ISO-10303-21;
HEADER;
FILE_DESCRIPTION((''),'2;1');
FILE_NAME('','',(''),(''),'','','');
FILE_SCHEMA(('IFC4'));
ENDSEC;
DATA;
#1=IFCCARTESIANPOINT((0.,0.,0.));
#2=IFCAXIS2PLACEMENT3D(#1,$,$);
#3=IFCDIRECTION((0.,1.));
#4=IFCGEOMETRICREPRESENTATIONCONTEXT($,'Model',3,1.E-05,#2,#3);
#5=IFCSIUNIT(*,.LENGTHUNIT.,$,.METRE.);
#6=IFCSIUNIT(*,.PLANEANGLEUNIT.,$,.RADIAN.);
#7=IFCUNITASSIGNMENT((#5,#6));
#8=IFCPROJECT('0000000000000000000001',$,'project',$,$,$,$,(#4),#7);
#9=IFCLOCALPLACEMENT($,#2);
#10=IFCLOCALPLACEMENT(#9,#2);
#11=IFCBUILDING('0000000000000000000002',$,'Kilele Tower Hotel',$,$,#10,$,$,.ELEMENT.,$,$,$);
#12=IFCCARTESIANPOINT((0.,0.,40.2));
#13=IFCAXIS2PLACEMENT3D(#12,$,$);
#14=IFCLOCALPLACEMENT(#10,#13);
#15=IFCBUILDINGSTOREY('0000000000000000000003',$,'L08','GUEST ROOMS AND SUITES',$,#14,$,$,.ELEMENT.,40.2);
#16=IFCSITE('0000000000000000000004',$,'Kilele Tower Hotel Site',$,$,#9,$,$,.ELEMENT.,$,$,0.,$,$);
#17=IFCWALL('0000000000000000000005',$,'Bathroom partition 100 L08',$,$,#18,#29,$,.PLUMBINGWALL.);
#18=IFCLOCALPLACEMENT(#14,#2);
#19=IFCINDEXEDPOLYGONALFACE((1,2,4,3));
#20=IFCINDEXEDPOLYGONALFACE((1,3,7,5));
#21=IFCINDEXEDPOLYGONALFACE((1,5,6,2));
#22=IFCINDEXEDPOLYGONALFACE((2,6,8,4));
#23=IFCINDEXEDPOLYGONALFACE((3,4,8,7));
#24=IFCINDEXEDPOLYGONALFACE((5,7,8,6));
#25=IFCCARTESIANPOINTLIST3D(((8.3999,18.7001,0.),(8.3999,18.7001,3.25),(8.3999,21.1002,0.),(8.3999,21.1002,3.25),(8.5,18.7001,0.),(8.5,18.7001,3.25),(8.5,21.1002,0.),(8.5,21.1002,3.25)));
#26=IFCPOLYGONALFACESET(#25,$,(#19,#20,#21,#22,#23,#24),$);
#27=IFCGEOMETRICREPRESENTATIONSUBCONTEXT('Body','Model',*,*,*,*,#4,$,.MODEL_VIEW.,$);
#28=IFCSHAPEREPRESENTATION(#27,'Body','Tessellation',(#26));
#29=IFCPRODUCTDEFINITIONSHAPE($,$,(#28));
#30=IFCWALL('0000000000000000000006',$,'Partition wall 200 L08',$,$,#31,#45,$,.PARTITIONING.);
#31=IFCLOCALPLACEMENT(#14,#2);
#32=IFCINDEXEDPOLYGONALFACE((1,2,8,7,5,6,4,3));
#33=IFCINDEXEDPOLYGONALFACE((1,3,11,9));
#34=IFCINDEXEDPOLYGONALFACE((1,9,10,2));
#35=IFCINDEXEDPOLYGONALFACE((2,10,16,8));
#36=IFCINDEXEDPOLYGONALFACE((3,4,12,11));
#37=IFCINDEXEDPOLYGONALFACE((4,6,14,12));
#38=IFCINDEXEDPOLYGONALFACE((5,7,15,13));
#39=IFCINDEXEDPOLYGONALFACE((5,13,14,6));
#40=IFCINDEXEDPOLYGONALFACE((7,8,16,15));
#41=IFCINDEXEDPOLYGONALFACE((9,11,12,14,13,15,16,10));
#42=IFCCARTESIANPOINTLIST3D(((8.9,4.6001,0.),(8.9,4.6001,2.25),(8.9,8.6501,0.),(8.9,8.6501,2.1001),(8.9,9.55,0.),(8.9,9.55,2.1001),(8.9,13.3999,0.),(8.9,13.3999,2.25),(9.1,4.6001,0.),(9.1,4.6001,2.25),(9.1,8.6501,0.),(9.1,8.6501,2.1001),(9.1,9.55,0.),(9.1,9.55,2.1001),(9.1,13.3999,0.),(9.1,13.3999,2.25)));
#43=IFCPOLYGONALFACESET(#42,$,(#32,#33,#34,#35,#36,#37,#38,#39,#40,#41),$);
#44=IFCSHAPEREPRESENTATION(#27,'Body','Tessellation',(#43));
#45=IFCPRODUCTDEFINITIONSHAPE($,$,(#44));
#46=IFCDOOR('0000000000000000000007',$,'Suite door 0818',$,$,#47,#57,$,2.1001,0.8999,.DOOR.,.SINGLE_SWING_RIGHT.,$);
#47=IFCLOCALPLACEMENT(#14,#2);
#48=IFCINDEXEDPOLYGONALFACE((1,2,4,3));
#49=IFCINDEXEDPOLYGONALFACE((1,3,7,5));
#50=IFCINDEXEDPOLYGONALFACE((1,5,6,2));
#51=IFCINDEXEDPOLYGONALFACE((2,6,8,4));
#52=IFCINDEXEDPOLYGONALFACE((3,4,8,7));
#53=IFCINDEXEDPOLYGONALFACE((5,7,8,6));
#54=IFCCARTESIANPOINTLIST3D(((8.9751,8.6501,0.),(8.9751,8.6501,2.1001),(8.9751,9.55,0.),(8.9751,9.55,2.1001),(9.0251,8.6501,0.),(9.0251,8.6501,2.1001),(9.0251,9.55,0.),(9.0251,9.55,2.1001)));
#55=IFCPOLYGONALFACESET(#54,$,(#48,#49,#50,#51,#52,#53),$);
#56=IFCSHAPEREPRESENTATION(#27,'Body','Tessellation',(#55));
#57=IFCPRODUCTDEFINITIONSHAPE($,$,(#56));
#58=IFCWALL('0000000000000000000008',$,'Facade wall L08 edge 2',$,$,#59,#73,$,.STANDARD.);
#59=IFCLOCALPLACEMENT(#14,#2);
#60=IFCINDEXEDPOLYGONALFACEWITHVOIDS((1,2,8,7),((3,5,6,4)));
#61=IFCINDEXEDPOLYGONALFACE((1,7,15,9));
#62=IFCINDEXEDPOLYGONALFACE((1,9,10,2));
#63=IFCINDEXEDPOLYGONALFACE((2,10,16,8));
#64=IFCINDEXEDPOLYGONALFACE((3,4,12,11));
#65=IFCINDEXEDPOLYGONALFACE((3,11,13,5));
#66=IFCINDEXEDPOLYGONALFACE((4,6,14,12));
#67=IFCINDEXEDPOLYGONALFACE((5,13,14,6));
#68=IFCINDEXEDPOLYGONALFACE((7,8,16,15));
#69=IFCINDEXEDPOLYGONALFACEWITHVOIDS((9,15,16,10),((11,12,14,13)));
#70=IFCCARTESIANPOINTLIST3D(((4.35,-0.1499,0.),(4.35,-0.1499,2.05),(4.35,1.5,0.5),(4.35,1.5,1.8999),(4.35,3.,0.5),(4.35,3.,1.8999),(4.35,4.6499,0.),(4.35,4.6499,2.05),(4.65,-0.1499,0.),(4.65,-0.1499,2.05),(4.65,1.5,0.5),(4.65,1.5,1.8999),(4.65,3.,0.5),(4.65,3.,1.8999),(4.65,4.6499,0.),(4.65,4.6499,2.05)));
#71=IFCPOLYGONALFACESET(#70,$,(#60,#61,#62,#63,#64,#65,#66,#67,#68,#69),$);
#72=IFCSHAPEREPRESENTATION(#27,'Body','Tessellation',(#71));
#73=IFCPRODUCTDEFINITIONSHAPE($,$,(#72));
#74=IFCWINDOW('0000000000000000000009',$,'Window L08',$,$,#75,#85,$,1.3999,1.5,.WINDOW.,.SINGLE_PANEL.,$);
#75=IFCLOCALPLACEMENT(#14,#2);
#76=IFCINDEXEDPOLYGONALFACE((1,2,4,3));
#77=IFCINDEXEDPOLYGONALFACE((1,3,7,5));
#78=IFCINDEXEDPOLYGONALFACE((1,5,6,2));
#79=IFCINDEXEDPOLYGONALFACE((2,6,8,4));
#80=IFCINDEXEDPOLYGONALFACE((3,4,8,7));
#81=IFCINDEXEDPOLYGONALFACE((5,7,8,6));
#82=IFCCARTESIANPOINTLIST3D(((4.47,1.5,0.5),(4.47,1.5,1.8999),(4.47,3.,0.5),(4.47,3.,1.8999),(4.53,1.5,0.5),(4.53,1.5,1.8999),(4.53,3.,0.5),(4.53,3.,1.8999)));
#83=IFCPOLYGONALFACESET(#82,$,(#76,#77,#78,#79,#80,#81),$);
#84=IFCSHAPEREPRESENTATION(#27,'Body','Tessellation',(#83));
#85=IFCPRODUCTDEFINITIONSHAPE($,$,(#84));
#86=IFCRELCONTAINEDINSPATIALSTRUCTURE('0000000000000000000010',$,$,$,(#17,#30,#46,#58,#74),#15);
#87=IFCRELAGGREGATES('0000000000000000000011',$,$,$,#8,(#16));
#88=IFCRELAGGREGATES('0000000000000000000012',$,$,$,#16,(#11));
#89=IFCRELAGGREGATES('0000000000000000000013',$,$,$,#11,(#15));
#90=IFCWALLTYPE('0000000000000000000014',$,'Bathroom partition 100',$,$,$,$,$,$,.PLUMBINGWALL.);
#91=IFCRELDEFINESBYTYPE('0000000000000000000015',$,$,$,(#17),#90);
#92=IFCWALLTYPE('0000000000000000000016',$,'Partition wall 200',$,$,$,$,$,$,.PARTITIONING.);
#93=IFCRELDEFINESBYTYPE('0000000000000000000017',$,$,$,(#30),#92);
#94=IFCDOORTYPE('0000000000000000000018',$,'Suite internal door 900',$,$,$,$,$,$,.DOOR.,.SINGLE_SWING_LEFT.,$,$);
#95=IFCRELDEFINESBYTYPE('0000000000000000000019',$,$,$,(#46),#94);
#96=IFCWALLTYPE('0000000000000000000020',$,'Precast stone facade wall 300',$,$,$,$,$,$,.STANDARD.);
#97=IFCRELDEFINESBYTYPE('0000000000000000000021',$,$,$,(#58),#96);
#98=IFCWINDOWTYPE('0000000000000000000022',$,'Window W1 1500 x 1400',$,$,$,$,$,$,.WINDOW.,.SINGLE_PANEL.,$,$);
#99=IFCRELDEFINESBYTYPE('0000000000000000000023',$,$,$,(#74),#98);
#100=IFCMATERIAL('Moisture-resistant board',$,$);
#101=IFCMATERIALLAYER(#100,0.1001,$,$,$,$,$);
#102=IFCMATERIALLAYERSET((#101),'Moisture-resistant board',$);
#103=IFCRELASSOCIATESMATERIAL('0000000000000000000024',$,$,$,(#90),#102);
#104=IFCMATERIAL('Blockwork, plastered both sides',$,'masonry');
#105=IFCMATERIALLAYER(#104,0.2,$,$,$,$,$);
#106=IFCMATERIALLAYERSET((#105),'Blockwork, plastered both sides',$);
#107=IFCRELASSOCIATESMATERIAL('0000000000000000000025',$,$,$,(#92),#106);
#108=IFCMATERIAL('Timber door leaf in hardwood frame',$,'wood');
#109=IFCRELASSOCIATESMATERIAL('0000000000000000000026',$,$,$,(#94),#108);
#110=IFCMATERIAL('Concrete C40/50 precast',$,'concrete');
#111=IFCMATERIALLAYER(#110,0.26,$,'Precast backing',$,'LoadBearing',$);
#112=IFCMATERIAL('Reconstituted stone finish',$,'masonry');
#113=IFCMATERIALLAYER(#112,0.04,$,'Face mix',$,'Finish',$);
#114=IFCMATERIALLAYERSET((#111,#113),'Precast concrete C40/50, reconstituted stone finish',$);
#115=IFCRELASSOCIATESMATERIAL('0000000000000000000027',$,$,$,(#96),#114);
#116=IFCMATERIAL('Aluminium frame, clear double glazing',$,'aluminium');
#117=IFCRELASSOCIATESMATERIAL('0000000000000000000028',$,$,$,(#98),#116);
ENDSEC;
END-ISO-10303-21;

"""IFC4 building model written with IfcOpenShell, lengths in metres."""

from ifc_helpers import new_model, si_unit, direction, frame, frame_2d, origin, place, context, subcontext, project, spatial, rectangle, extrude, material, layer, layer_set, type_object, element, fill, save


model = new_model("IFC4")

# Units and contexts
model_context = context("Model", 3, precision=1e-05, world=origin(), true_north=direction((0.0, 1.0)))
body_context = subcontext(model_context, "Body", "Model", "MODEL_VIEW")
ifc_project = project(units=[si_unit("LENGTHUNIT", "METRE"), si_unit("PLANEANGLEUNIT", "RADIAN")], contexts=[model_context])

# Site, building, storey
site_placement = place(None, origin())
site = spatial("IfcSite", under=ifc_project, at=site_placement, Name="Kilele Tower Hotel Site", CompositionType="ELEMENT", RefElevation=0.0)
building_placement = place(site_placement, origin())
building = spatial("IfcBuilding", under=site, at=building_placement, Name="Kilele Tower Hotel", CompositionType="ELEMENT")
storey_placement = place(building_placement, frame((0.0, 0.0, 40.2)))
storey = spatial("IfcBuildingStorey", under=building, at=storey_placement, Name="L08", Description="GUEST ROOMS AND SUITES", CompositionType="ELEMENT", Elevation=40.2)

# Shared definitions
ifc_material_1 = material(Name="Moisture-resistant board")
ifc_layer_1 = layer(ifc_material_1, 0.1001)
ifc_layer_set_1 = layer_set([ifc_layer_1], Name="Moisture-resistant board")
wall_type_1 = type_object("IfcWallType", Name="Bathroom partition 100", PredefinedType="PLUMBINGWALL", material=ifc_layer_set_1)

# Wall
wall_1_placement = place(storey_placement, frame((8.45, 18.7, 0.0), z_axis=(0.0, 0.0, 1.0), x_axis=(0.0, 1.0, 0.0)))
element("IfcWall", 1, at=wall_1_placement, inside=storey, type_object=wall_type_1, Name="Bathroom partition 100 L08", PredefinedType="PLUMBINGWALL", context=body_context, shape_type="SweptSolid", body=[
    extrude(rectangle(XDim=2.4001, YDim=0.1001, at=frame_2d((1.2002, 0.0))), origin(), (0.0, 0.0, 1.0), 3.25),
])

# Wall, opening, door
ifc_material_2 = material(Name="Blockwork, plastered both sides", Category="masonry")
ifc_layer_2 = layer(ifc_material_2, 0.2)
ifc_layer_set_2 = layer_set([ifc_layer_2], Name="Blockwork, plastered both sides")
wall_type_2 = type_object("IfcWallType", Name="Partition wall 200", PredefinedType="PARTITIONING", material=ifc_layer_set_2)
wall_2_placement = place(storey_placement, frame((9.0, 4.6001, 0.0), z_axis=(0.0, 0.0, 1.0), x_axis=(0.0, 1.0, 0.0)))
wall_2 = element("IfcWall", 2, at=wall_2_placement, inside=storey, type_object=wall_type_2, Name="Partition wall 200 L08", PredefinedType="PARTITIONING", context=body_context, shape_type="SweptSolid", body=[
    extrude(rectangle(XDim=8.7998, YDim=0.2, at=frame_2d((4.3999, 0.0))), origin(), (0.0, 0.0, 1.0), 2.25),
])
opening_1_placement = place(wall_2_placement, frame((4.05, 0.0, 0.0)))
opening_1 = element("IfcOpeningElement", 3, at=opening_1_placement, cuts=wall_2, PredefinedType="OPENING", context=body_context, shape_type="SweptSolid", body=[
    extrude(rectangle(XDim=0.8999, YDim=2.1001, at=frame_2d((0.45, 1.05))), frame((0.0, 0.1099, 0.0), z_axis=(0.0, -1.0, 0.0), x_axis=(1.0, 0.0, 0.0)), (0.0, 0.0, 1.0), 0.22),
])
ifc_material_3 = material(Name="Timber door leaf in hardwood frame", Category="wood")
door_type_1 = type_object("IfcDoorType", Name="Suite internal door 900", OperationType="SINGLE_SWING_LEFT", PredefinedType="DOOR", material=ifc_material_3)
door_1_placement = place(opening_1_placement, origin())
door_1 = element("IfcDoor", 4, at=door_1_placement, inside=storey, type_object=door_type_1, Name="Suite door 0818", OperationType="SINGLE_SWING_RIGHT", OverallHeight=2.1001, OverallWidth=0.8999, PredefinedType="DOOR", context=body_context, shape_type="SweptSolid", body=[
    extrude(rectangle(XDim=0.8999, YDim=2.1001, at=frame_2d((0.45, 1.05))), frame((0.0, 0.0249, 0.0), z_axis=(0.0, -1.0, 0.0), x_axis=(1.0, 0.0, 0.0)), (0.0, 0.0, 1.0), 0.05),
])
fill(opening_1, door_1)

# Wall, opening, window
ifc_material_4 = material(Name="Concrete C40/50 precast", Category="concrete")
ifc_layer_3 = layer(ifc_material_4, 0.26, Name="Precast backing", Category="LoadBearing")
ifc_material_5 = material(Name="Reconstituted stone finish", Category="masonry")
ifc_layer_4 = layer(ifc_material_5, 0.04, Name="Face mix", Category="Finish")
ifc_layer_set_3 = layer_set([ifc_layer_3, ifc_layer_4], Name="Precast concrete C40/50, reconstituted stone finish")
wall_type_3 = type_object("IfcWallType", Name="Precast stone facade wall 300", PredefinedType="STANDARD", material=ifc_layer_set_3)
wall_3_placement = place(storey_placement, frame((4.5, 4.6499, 0.0), z_axis=(0.0, 0.0, 1.0), x_axis=(0.0, -1.0, 0.0)))
wall_3 = element("IfcWall", 5, at=wall_3_placement, inside=storey, type_object=wall_type_3, Name="Facade wall L08 edge 2", PredefinedType="STANDARD", context=body_context, shape_type="SweptSolid", body=[
    extrude(rectangle(XDim=4.7998, YDim=0.3, at=frame_2d((2.3999, 0.0))), origin(), (0.0, 0.0, 1.0), 2.05),
])
opening_2_placement = place(wall_3_placement, frame((1.6499, 0.0, 0.5)))
opening_2 = element("IfcOpeningElement", 6, at=opening_2_placement, cuts=wall_3, PredefinedType="OPENING", context=body_context, shape_type="SweptSolid", body=[
    extrude(rectangle(XDim=1.5, YDim=1.3999, at=frame_2d((0.75, 0.7))), frame((0.0, 0.1599, 0.0), z_axis=(0.0, -1.0, 0.0), x_axis=(1.0, 0.0, 0.0)), (0.0, 0.0, 1.0), 0.3201),
])
ifc_material_6 = material(Name="Aluminium frame, clear double glazing", Category="aluminium")
window_type = type_object("IfcWindowType", Name="Window W1 1500 x 1400", PartitioningType="SINGLE_PANEL", PredefinedType="WINDOW", material=ifc_material_6)
window_placement = place(opening_2_placement, origin())
window = element("IfcWindow", 7, at=window_placement, inside=storey, type_object=window_type, Name="Window L08", OverallHeight=1.3999, OverallWidth=1.5, PartitioningType="SINGLE_PANEL", PredefinedType="WINDOW", context=body_context, shape_type="SweptSolid", body=[
    extrude(rectangle(XDim=1.5, YDim=1.3999, at=frame_2d((0.75, 0.7))), frame((0.0, 0.03, 0.0), z_axis=(0.0, -1.0, 0.0), x_axis=(1.0, 0.0, 0.0)), (0.0, 0.0, 1.0), 0.0601),
])
fill(opening_2, window)

save(model, "model.ifc")
